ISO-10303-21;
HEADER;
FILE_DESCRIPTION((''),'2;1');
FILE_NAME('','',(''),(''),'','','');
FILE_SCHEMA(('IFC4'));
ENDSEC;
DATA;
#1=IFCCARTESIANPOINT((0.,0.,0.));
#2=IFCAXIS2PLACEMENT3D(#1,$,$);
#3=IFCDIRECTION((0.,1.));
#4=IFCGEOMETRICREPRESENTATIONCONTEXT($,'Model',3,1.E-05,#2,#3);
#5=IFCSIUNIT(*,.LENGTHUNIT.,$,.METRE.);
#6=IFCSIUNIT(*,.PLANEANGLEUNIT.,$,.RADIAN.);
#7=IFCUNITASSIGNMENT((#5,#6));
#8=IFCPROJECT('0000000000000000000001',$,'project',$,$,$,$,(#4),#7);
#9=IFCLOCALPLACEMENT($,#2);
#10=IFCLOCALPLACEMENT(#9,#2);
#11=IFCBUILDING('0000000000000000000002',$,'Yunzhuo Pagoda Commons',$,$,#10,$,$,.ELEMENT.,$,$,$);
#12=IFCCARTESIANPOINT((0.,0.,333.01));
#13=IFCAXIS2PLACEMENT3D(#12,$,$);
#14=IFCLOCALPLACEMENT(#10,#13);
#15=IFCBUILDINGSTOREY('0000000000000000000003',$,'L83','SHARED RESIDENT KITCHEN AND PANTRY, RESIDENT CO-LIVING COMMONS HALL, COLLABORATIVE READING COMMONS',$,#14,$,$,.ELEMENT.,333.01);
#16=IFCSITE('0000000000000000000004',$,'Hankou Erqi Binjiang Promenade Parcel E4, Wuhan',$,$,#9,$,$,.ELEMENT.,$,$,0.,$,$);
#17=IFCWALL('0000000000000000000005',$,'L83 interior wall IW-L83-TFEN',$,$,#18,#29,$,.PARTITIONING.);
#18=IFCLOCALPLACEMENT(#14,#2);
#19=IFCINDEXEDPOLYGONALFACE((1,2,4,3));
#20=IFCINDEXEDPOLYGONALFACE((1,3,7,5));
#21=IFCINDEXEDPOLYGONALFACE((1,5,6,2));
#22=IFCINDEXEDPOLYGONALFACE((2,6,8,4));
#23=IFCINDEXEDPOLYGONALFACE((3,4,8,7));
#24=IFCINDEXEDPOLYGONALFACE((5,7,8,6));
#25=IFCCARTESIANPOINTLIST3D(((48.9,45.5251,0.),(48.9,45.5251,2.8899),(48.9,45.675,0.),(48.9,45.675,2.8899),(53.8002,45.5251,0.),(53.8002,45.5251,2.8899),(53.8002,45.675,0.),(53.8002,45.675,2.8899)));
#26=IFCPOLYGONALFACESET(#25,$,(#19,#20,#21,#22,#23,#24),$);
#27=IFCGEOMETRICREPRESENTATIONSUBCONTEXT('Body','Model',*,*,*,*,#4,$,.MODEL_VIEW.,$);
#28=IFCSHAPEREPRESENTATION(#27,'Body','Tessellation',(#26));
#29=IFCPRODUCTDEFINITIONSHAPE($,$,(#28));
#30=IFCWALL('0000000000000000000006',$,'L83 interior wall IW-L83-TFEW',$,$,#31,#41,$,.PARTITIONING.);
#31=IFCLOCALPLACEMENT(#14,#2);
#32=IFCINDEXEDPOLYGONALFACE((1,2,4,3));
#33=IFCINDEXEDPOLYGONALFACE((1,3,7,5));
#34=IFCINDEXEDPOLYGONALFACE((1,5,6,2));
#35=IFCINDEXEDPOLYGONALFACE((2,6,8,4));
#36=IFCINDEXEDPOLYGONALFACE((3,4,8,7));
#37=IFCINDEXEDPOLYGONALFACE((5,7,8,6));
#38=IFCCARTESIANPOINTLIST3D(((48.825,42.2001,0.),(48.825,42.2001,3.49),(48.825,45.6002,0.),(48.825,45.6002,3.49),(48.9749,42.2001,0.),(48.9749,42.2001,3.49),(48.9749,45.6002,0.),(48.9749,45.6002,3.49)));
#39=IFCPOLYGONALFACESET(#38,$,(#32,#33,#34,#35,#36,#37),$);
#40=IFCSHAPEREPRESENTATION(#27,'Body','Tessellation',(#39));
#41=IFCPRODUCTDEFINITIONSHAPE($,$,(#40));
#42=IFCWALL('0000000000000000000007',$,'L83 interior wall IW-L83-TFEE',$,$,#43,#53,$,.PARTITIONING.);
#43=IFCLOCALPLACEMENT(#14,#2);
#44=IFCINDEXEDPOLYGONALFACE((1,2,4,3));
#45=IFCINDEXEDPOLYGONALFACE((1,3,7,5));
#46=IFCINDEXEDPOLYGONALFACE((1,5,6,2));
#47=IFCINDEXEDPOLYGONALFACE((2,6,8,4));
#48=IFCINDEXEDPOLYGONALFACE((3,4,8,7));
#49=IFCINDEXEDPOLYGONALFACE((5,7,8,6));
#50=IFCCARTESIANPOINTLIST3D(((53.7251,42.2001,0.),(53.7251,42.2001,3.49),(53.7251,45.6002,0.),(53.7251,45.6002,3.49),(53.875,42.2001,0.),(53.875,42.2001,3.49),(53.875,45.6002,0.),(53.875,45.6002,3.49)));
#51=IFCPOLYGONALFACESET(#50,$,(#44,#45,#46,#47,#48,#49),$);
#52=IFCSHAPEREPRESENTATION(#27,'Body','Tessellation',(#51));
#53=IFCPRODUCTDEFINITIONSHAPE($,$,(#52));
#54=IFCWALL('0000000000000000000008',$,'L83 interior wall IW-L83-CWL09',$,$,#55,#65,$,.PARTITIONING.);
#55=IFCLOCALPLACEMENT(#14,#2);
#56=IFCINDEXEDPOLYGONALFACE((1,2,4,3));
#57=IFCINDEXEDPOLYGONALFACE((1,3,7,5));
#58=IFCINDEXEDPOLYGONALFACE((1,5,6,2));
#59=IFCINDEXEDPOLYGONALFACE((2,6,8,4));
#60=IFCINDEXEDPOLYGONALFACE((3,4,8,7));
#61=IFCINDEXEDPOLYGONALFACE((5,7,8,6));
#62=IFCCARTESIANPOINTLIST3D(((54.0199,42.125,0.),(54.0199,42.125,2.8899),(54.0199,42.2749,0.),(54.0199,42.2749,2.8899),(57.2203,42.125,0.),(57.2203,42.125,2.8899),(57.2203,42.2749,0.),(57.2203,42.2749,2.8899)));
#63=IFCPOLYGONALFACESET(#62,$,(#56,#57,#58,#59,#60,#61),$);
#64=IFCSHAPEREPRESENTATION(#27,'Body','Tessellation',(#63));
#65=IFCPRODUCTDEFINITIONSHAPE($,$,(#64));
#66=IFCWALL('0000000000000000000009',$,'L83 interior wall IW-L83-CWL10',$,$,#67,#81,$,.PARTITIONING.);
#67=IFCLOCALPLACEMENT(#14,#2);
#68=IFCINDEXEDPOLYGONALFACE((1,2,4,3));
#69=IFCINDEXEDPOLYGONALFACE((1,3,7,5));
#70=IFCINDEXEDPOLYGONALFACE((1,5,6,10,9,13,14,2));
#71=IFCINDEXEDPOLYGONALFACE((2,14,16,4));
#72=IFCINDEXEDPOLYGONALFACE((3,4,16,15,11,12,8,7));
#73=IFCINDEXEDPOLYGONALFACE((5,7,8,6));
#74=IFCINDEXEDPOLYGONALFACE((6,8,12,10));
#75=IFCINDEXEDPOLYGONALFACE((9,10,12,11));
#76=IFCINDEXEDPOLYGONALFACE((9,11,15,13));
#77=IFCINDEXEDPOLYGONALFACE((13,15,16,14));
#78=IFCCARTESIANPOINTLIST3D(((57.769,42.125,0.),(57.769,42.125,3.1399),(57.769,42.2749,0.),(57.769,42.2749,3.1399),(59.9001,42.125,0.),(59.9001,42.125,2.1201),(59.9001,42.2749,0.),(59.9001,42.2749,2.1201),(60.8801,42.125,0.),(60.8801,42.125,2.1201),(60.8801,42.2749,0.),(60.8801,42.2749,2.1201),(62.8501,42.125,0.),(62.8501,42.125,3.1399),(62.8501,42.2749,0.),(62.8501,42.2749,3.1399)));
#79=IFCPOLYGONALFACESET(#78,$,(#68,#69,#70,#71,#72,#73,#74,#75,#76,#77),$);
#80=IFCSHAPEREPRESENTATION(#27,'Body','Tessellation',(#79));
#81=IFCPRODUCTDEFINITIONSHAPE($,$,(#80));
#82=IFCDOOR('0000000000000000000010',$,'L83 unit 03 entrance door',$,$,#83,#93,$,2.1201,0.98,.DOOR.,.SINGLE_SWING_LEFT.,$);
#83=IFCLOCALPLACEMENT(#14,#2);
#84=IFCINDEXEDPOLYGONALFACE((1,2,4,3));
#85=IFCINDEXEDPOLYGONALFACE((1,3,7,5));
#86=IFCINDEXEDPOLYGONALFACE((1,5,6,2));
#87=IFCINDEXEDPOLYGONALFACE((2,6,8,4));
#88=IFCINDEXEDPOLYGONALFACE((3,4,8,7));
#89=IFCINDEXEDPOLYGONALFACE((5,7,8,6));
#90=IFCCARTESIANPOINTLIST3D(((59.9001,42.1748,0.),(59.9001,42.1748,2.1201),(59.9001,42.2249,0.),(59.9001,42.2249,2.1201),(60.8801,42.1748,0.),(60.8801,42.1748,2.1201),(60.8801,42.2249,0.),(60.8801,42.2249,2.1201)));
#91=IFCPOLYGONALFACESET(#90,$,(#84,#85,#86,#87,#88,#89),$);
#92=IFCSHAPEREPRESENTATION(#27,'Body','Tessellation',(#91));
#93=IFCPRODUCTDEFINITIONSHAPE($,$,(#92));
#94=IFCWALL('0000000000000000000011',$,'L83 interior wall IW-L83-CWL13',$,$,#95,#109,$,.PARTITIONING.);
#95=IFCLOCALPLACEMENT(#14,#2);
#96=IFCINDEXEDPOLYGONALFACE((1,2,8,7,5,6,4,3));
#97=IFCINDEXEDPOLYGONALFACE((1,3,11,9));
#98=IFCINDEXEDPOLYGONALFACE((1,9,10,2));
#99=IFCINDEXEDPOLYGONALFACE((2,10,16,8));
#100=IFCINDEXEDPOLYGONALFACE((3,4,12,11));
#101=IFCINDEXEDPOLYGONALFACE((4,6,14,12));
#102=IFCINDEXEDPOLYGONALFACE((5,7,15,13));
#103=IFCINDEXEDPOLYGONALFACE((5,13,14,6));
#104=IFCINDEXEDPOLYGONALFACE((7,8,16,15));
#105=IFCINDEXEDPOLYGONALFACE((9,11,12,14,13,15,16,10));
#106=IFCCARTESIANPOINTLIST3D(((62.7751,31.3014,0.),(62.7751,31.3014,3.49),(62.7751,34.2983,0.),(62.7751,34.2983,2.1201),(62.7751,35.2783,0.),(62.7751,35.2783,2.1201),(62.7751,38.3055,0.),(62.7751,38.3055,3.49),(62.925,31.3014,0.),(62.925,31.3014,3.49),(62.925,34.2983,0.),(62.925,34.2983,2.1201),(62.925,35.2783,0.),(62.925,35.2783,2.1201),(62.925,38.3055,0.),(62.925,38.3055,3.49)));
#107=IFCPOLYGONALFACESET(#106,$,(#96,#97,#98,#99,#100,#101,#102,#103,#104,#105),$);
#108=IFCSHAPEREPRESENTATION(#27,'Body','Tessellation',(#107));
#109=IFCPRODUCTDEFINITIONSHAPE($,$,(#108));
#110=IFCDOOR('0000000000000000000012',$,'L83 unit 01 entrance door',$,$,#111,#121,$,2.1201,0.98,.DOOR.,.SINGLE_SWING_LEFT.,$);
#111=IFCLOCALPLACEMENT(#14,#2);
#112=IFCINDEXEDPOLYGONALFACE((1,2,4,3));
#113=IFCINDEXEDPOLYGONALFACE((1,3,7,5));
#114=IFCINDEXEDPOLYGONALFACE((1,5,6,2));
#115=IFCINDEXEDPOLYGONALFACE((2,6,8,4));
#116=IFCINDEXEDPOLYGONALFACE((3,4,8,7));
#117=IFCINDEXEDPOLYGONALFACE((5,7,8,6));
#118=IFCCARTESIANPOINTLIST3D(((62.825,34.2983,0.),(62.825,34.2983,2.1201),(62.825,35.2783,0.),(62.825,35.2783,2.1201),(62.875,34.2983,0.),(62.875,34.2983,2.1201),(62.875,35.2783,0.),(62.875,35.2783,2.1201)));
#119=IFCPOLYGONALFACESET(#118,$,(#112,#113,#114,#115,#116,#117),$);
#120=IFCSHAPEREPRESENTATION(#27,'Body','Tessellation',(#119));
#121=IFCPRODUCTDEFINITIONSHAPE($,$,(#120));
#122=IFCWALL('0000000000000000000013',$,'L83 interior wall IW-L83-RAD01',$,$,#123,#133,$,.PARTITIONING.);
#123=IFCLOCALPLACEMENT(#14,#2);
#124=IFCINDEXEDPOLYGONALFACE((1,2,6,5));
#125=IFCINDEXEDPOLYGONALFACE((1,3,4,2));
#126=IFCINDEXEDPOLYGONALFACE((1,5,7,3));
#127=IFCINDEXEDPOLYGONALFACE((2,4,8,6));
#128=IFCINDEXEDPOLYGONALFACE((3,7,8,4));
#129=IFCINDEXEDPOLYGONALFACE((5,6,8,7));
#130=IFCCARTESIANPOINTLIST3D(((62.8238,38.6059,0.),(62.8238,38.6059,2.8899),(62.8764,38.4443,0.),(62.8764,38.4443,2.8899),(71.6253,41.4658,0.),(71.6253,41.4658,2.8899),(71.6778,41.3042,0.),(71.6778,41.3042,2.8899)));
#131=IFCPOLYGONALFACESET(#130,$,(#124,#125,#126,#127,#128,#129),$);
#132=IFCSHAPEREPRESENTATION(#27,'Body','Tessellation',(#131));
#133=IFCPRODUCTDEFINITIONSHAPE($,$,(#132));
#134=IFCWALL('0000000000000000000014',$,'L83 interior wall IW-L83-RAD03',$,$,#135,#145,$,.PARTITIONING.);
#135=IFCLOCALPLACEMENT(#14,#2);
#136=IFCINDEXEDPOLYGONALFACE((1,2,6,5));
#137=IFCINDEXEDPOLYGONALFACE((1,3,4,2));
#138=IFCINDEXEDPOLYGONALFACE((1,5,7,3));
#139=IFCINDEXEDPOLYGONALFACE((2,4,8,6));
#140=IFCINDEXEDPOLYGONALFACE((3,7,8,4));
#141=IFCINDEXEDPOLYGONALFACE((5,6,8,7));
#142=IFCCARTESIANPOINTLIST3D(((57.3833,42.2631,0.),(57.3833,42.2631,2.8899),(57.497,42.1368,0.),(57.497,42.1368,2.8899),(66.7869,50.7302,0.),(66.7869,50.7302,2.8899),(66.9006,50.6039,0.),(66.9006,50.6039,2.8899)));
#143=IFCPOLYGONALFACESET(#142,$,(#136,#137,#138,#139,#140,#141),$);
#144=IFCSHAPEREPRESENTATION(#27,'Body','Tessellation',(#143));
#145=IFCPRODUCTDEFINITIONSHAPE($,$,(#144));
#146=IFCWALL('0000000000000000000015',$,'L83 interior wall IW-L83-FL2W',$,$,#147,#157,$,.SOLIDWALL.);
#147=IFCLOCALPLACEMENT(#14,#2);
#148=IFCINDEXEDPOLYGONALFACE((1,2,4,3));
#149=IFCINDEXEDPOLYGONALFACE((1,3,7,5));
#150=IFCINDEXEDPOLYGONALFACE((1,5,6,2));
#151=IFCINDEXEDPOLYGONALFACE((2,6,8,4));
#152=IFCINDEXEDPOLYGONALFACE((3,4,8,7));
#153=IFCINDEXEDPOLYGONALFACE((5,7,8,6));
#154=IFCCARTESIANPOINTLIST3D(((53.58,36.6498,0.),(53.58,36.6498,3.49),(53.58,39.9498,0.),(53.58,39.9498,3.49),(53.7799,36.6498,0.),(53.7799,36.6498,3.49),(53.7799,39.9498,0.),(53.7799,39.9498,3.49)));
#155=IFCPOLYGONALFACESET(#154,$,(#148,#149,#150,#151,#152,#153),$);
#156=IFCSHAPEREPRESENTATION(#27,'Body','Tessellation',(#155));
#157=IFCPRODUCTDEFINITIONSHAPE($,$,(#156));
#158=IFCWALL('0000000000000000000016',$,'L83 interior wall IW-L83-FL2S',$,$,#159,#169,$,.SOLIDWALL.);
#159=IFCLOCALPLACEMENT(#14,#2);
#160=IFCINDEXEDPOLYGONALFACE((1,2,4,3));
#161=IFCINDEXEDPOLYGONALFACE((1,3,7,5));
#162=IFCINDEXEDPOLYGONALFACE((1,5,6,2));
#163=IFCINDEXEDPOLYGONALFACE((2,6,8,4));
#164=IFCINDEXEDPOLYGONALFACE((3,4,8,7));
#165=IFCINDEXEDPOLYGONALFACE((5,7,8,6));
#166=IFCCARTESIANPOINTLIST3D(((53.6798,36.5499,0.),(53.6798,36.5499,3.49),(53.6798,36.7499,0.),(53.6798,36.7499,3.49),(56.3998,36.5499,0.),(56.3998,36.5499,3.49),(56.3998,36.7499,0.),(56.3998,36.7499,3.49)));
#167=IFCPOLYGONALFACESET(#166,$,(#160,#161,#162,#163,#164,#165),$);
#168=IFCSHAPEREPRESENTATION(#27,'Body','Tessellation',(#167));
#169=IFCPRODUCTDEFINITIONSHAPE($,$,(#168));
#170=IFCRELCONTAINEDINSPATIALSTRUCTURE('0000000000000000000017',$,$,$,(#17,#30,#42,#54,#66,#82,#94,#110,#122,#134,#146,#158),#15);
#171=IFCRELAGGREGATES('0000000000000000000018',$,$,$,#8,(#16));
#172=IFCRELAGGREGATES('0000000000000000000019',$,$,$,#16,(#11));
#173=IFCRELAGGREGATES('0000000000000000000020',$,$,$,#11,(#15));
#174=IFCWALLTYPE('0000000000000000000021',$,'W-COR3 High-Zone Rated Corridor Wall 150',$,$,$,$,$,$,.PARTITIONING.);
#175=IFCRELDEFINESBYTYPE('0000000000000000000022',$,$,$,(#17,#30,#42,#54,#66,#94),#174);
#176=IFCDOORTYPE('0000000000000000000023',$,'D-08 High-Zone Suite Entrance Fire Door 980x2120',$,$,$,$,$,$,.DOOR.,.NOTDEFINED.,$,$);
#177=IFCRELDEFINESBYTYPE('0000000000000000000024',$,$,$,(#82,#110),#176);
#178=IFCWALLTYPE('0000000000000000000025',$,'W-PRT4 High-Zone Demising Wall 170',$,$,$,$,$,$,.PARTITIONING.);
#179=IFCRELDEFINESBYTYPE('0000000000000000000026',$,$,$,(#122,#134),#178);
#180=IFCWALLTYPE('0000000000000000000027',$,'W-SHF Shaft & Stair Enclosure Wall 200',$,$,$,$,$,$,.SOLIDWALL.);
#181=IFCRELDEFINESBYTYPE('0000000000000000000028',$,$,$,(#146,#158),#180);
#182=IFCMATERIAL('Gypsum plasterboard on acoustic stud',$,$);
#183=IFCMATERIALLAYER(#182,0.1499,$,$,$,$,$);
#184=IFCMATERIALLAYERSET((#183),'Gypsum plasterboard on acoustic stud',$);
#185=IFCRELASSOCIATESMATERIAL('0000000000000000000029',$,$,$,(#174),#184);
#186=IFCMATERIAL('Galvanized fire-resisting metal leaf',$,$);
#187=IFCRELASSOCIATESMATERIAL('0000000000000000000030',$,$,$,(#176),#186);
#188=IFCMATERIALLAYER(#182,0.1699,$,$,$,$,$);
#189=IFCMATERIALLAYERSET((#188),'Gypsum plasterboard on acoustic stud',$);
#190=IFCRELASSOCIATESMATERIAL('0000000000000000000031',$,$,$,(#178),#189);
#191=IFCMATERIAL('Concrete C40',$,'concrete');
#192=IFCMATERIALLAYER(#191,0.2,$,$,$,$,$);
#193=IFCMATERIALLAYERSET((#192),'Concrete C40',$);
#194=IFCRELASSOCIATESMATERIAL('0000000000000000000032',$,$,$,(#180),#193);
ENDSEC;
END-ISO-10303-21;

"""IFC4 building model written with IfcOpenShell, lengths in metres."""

from ifc_helpers import new_model, si_unit, direction, frame, frame_2d, origin, origin_with_axes, place, context, subcontext, project, spatial, rectangle, extrude, source, transform, mapped, material, layer, layer_set, type_object, element, fill, save


model = new_model("IFC4")

# Units and contexts
model_context = context("Model", 3, precision=1e-05, world=origin(), true_north=direction((0.0, 1.0)))
body_context = subcontext(model_context, "Body", "Model", "MODEL_VIEW")
ifc_project = project(units=[si_unit("LENGTHUNIT", "METRE"), si_unit("PLANEANGLEUNIT", "RADIAN")], contexts=[model_context])

# Site, building, storey
site_placement = place(None, origin())
site = spatial("IfcSite", under=ifc_project, at=site_placement, Name="Hankou Erqi Binjiang Promenade Parcel E4, Wuhan", CompositionType="ELEMENT", RefElevation=0.0)
building_placement = place(site_placement, origin())
building = spatial("IfcBuilding", under=site, at=building_placement, Name="Yunzhuo Pagoda Commons", CompositionType="ELEMENT")
storey_placement = place(building_placement, frame((0.0, 0.0, 333.01)))
storey = spatial("IfcBuildingStorey", under=building, at=storey_placement, Name="L83", Description="SHARED RESIDENT KITCHEN AND PANTRY, RESIDENT CO-LIVING COMMONS HALL, COLLABORATIVE READING COMMONS", CompositionType="ELEMENT", Elevation=333.01)

# Shared definitions
ifc_material_1 = material(Name="Galvanized fire-resisting metal leaf")

# Shared definitions
ifc_material_2 = material(Name="Gypsum plasterboard on acoustic stud")
ifc_layer_1 = layer(ifc_material_2, 0.1499)
ifc_layer_set_1 = layer_set([ifc_layer_1], Name="Gypsum plasterboard on acoustic stud")
wall_type_1 = type_object("IfcWallType", Name="W-COR3 High-Zone Rated Corridor Wall 150", PredefinedType="PARTITIONING", material=ifc_layer_set_1)

# Walls
wall_1_placement = place(storey_placement, frame((48.8999, 45.6001, 0.0), z_axis=(0.0, 0.0, 1.0), x_axis=(1.0, 0.0, 0.0)))
element("IfcWall", 1, at=wall_1_placement, inside=storey, type_object=wall_type_1, Name="L83 interior wall IW-L83-TFEN", PredefinedType="PARTITIONING", context=body_context, shape_type="SweptSolid", body=[
    extrude(rectangle(XDim=4.9001, YDim=0.1499, at=frame_2d((2.4502, 0.0))), origin(), (0.0, 0.0, 1.0), 2.8899),
])
for number, where, z_axis, x_axis, name in (
    (2, (48.8999, 42.2, 0.0), (0.0, 0.0, 1.0), (0.0, 1.0, 0.0), "L83 interior wall IW-L83-TFEW"),
    (3, (53.8, 42.2, 0.0), (0.0, 0.0, 1.0), (0.0, 1.0, 0.0), "L83 interior wall IW-L83-TFEE"),
):
    element("IfcWall", number, at=place(storey_placement, frame(where, z_axis=z_axis, x_axis=x_axis)), inside=storey, type_object=wall_type_1, Name=name, PredefinedType="PARTITIONING", context=body_context, shape_type="SweptSolid", body=[
        extrude(rectangle(XDim=3.4001, YDim=0.1499, at=frame_2d((1.7002, 0.0))), origin(), (0.0, 0.0, 1.0), 3.49),
    ])
wall_2_placement = place(storey_placement, frame((54.02, 42.2, 0.0), z_axis=(0.0, 0.0, 1.0), x_axis=(1.0, 0.0, 0.0)))
element("IfcWall", 4, at=wall_2_placement, inside=storey, type_object=wall_type_1, Name="L83 interior wall IW-L83-CWL09", PredefinedType="PARTITIONING", context=body_context, shape_type="SweptSolid", body=[
    extrude(rectangle(XDim=3.2004, YDim=0.1499, at=frame_2d((1.6001, 0.0))), origin(), (0.0, 0.0, 1.0), 2.8899),
])

# Walls, openings, doors
wall_3_placement = place(storey_placement, frame((57.769, 42.2, 0.0), z_axis=(0.0, 0.0, 1.0), x_axis=(1.0, 0.0, 0.0)))
wall_3 = element("IfcWall", 5, at=wall_3_placement, inside=storey, type_object=wall_type_1, Name="L83 interior wall IW-L83-CWL10", PredefinedType="PARTITIONING", context=body_context, shape_type="SweptSolid", body=[
    extrude(rectangle(XDim=5.0811, YDim=0.1499, at=frame_2d((2.5405, 0.0))), origin(), (0.0, 0.0, 1.0), 3.1399),
])
opening_1_placement = place(wall_3_placement, frame((2.1311, 0.0, 0.0)))
opening_1 = element("IfcOpeningElement", 6, at=opening_1_placement, cuts=wall_3, PredefinedType="OPENING", context=body_context, shape_type="SweptSolid", body=[
    extrude(rectangle(XDim=0.98, YDim=2.1201, at=frame_2d((0.49, 1.0601))), frame((0.0, 0.085, 0.0), z_axis=(0.0, -1.0, 0.0), x_axis=(1.0, 0.0, 0.0)), (0.0, 0.0, 1.0), 0.1699),
])
door_type_1 = type_object("IfcDoorType", Name="D-08 High-Zone Suite Entrance Fire Door 980x2120", OperationType="NOTDEFINED", PredefinedType="DOOR", material=ifc_material_1)
shared_shape_1 = source(origin(), body_context, "Body", "SweptSolid", [
    extrude(rectangle(XDim=0.98, YDim=2.1201, at=frame_2d((0.49, 1.0601))), frame((0.0, 0.0249, 0.0), z_axis=(0.0, -1.0, 0.0), x_axis=(1.0, 0.0, 0.0)), (0.0, 0.0, 1.0), 0.05),
])
door_1_placement = place(opening_1_placement, origin_with_axes())
door_1 = element("IfcDoor", 7, at=door_1_placement, inside=storey, type_object=door_type_1, Name="L83 unit 03 entrance door", OperationType="SINGLE_SWING_LEFT", OverallHeight=2.1201, OverallWidth=0.98, PredefinedType="DOOR", context=body_context, shape_type="MappedRepresentation", body=[
    mapped(shared_shape_1, transform((0.0, 0.0, 0.0), scale=1.0)),
])
fill(opening_1, door_1)
wall_4_placement = place(storey_placement, frame((62.8501, 38.3054, 0.0), z_axis=(0.0, 0.0, 1.0), x_axis=(0.0, -1.0, 0.0)))
wall_4 = element("IfcWall", 8, at=wall_4_placement, inside=storey, type_object=wall_type_1, Name="L83 interior wall IW-L83-CWL13", PredefinedType="PARTITIONING", context=body_context, shape_type="SweptSolid", body=[
    extrude(rectangle(XDim=7.0042, YDim=0.1499, at=frame_2d((3.502, 0.0))), origin(), (0.0, 0.0, 1.0), 3.49),
])
opening_2_placement = place(wall_4_placement, frame((3.0271, 0.0, 0.0)))
opening_2 = element("IfcOpeningElement", 9, at=opening_2_placement, cuts=wall_4, PredefinedType="OPENING", context=body_context, shape_type="SweptSolid", body=[
    extrude(rectangle(XDim=0.98, YDim=2.1201, at=frame_2d((0.49, 1.0601))), frame((0.0, 0.085, 0.0), z_axis=(0.0, -1.0, 0.0), x_axis=(1.0, 0.0, 0.0)), (0.0, 0.0, 1.0), 0.1699),
])
door_2_placement = place(opening_2_placement, origin_with_axes())
door_2 = element("IfcDoor", 10, at=door_2_placement, inside=storey, type_object=door_type_1, Name="L83 unit 01 entrance door", OperationType="SINGLE_SWING_LEFT", OverallHeight=2.1201, OverallWidth=0.98, PredefinedType="DOOR", context=body_context, shape_type="MappedRepresentation", body=[
    mapped(shared_shape_1, transform((0.0, 0.0, 0.0), scale=1.0)),
])
fill(opening_2, door_2)

# Walls
ifc_layer_2 = layer(ifc_material_2, 0.1699)
ifc_layer_set_2 = layer_set([ifc_layer_2], Name="Gypsum plasterboard on acoustic stud")
wall_type_2 = type_object("IfcWallType", Name="W-PRT4 High-Zone Demising Wall 170", PredefinedType="PARTITIONING", material=ifc_layer_set_2)
wall_5_placement = place(storey_placement, frame((62.8501, 38.5251, 0.0), z_axis=(0.0, 0.0, 1.0), x_axis=(0.951054, 0.309025, 0.0)))
element("IfcWall", 11, at=wall_5_placement, inside=storey, type_object=wall_type_2, Name="L83 interior wall IW-L83-RAD01", PredefinedType="PARTITIONING", context=body_context, shape_type="SweptSolid", body=[
    extrude(rectangle(XDim=9.2544, YDim=0.1699, at=frame_2d((4.6272, 0.0))), origin(), (0.0, 0.0, 1.0), 2.8899),
])
wall_6_placement = place(storey_placement, frame((57.4402, 42.2, 0.0), z_axis=(0.0, 0.0, 1.0), x_axis=(0.743144, 0.669132, 0.0)))
element("IfcWall", 12, at=wall_6_placement, inside=storey, type_object=wall_type_2, Name="L83 interior wall IW-L83-RAD03", PredefinedType="PARTITIONING", context=body_context, shape_type="SweptSolid", body=[
    extrude(rectangle(XDim=12.6538, YDim=0.1699, at=frame_2d((6.3269, 0.0))), origin(), (0.0, 0.0, 1.0), 2.8899),
])
ifc_material_3 = material(Name="Concrete C40", Category="concrete")
ifc_layer_3 = layer(ifc_material_3, 0.2)
ifc_layer_set_3 = layer_set([ifc_layer_3], Name="Concrete C40")
wall_type_3 = type_object("IfcWallType", Name="W-SHF Shaft & Stair Enclosure Wall 200", PredefinedType="SOLIDWALL", material=ifc_layer_set_3)
wall_7_placement = place(storey_placement, frame((53.6799, 36.6499, 0.0), z_axis=(0.0, 0.0, 1.0), x_axis=(0.0, 1.0, 0.0)))
element("IfcWall", 13, at=wall_7_placement, inside=storey, type_object=wall_type_3, Name="L83 interior wall IW-L83-FL2W", PredefinedType="SOLIDWALL", context=body_context, shape_type="SweptSolid", body=[
    extrude(rectangle(XDim=3.3, YDim=0.2, at=frame_2d((1.6499, 0.0))), origin(), (0.0, 0.0, 1.0), 3.49),
])
wall_8_placement = place(storey_placement, frame((53.6799, 36.6499, 0.0), z_axis=(0.0, 0.0, 1.0), x_axis=(1.0, 0.0, 0.0)))
element("IfcWall", 14, at=wall_8_placement, inside=storey, type_object=wall_type_3, Name="L83 interior wall IW-L83-FL2S", PredefinedType="SOLIDWALL", context=body_context, shape_type="SweptSolid", body=[
    extrude(rectangle(XDim=2.72, YDim=0.2, at=frame_2d((1.3599, 0.0))), origin(), (0.0, 0.0, 1.0), 3.49),
])

save(model, "model.ifc")
